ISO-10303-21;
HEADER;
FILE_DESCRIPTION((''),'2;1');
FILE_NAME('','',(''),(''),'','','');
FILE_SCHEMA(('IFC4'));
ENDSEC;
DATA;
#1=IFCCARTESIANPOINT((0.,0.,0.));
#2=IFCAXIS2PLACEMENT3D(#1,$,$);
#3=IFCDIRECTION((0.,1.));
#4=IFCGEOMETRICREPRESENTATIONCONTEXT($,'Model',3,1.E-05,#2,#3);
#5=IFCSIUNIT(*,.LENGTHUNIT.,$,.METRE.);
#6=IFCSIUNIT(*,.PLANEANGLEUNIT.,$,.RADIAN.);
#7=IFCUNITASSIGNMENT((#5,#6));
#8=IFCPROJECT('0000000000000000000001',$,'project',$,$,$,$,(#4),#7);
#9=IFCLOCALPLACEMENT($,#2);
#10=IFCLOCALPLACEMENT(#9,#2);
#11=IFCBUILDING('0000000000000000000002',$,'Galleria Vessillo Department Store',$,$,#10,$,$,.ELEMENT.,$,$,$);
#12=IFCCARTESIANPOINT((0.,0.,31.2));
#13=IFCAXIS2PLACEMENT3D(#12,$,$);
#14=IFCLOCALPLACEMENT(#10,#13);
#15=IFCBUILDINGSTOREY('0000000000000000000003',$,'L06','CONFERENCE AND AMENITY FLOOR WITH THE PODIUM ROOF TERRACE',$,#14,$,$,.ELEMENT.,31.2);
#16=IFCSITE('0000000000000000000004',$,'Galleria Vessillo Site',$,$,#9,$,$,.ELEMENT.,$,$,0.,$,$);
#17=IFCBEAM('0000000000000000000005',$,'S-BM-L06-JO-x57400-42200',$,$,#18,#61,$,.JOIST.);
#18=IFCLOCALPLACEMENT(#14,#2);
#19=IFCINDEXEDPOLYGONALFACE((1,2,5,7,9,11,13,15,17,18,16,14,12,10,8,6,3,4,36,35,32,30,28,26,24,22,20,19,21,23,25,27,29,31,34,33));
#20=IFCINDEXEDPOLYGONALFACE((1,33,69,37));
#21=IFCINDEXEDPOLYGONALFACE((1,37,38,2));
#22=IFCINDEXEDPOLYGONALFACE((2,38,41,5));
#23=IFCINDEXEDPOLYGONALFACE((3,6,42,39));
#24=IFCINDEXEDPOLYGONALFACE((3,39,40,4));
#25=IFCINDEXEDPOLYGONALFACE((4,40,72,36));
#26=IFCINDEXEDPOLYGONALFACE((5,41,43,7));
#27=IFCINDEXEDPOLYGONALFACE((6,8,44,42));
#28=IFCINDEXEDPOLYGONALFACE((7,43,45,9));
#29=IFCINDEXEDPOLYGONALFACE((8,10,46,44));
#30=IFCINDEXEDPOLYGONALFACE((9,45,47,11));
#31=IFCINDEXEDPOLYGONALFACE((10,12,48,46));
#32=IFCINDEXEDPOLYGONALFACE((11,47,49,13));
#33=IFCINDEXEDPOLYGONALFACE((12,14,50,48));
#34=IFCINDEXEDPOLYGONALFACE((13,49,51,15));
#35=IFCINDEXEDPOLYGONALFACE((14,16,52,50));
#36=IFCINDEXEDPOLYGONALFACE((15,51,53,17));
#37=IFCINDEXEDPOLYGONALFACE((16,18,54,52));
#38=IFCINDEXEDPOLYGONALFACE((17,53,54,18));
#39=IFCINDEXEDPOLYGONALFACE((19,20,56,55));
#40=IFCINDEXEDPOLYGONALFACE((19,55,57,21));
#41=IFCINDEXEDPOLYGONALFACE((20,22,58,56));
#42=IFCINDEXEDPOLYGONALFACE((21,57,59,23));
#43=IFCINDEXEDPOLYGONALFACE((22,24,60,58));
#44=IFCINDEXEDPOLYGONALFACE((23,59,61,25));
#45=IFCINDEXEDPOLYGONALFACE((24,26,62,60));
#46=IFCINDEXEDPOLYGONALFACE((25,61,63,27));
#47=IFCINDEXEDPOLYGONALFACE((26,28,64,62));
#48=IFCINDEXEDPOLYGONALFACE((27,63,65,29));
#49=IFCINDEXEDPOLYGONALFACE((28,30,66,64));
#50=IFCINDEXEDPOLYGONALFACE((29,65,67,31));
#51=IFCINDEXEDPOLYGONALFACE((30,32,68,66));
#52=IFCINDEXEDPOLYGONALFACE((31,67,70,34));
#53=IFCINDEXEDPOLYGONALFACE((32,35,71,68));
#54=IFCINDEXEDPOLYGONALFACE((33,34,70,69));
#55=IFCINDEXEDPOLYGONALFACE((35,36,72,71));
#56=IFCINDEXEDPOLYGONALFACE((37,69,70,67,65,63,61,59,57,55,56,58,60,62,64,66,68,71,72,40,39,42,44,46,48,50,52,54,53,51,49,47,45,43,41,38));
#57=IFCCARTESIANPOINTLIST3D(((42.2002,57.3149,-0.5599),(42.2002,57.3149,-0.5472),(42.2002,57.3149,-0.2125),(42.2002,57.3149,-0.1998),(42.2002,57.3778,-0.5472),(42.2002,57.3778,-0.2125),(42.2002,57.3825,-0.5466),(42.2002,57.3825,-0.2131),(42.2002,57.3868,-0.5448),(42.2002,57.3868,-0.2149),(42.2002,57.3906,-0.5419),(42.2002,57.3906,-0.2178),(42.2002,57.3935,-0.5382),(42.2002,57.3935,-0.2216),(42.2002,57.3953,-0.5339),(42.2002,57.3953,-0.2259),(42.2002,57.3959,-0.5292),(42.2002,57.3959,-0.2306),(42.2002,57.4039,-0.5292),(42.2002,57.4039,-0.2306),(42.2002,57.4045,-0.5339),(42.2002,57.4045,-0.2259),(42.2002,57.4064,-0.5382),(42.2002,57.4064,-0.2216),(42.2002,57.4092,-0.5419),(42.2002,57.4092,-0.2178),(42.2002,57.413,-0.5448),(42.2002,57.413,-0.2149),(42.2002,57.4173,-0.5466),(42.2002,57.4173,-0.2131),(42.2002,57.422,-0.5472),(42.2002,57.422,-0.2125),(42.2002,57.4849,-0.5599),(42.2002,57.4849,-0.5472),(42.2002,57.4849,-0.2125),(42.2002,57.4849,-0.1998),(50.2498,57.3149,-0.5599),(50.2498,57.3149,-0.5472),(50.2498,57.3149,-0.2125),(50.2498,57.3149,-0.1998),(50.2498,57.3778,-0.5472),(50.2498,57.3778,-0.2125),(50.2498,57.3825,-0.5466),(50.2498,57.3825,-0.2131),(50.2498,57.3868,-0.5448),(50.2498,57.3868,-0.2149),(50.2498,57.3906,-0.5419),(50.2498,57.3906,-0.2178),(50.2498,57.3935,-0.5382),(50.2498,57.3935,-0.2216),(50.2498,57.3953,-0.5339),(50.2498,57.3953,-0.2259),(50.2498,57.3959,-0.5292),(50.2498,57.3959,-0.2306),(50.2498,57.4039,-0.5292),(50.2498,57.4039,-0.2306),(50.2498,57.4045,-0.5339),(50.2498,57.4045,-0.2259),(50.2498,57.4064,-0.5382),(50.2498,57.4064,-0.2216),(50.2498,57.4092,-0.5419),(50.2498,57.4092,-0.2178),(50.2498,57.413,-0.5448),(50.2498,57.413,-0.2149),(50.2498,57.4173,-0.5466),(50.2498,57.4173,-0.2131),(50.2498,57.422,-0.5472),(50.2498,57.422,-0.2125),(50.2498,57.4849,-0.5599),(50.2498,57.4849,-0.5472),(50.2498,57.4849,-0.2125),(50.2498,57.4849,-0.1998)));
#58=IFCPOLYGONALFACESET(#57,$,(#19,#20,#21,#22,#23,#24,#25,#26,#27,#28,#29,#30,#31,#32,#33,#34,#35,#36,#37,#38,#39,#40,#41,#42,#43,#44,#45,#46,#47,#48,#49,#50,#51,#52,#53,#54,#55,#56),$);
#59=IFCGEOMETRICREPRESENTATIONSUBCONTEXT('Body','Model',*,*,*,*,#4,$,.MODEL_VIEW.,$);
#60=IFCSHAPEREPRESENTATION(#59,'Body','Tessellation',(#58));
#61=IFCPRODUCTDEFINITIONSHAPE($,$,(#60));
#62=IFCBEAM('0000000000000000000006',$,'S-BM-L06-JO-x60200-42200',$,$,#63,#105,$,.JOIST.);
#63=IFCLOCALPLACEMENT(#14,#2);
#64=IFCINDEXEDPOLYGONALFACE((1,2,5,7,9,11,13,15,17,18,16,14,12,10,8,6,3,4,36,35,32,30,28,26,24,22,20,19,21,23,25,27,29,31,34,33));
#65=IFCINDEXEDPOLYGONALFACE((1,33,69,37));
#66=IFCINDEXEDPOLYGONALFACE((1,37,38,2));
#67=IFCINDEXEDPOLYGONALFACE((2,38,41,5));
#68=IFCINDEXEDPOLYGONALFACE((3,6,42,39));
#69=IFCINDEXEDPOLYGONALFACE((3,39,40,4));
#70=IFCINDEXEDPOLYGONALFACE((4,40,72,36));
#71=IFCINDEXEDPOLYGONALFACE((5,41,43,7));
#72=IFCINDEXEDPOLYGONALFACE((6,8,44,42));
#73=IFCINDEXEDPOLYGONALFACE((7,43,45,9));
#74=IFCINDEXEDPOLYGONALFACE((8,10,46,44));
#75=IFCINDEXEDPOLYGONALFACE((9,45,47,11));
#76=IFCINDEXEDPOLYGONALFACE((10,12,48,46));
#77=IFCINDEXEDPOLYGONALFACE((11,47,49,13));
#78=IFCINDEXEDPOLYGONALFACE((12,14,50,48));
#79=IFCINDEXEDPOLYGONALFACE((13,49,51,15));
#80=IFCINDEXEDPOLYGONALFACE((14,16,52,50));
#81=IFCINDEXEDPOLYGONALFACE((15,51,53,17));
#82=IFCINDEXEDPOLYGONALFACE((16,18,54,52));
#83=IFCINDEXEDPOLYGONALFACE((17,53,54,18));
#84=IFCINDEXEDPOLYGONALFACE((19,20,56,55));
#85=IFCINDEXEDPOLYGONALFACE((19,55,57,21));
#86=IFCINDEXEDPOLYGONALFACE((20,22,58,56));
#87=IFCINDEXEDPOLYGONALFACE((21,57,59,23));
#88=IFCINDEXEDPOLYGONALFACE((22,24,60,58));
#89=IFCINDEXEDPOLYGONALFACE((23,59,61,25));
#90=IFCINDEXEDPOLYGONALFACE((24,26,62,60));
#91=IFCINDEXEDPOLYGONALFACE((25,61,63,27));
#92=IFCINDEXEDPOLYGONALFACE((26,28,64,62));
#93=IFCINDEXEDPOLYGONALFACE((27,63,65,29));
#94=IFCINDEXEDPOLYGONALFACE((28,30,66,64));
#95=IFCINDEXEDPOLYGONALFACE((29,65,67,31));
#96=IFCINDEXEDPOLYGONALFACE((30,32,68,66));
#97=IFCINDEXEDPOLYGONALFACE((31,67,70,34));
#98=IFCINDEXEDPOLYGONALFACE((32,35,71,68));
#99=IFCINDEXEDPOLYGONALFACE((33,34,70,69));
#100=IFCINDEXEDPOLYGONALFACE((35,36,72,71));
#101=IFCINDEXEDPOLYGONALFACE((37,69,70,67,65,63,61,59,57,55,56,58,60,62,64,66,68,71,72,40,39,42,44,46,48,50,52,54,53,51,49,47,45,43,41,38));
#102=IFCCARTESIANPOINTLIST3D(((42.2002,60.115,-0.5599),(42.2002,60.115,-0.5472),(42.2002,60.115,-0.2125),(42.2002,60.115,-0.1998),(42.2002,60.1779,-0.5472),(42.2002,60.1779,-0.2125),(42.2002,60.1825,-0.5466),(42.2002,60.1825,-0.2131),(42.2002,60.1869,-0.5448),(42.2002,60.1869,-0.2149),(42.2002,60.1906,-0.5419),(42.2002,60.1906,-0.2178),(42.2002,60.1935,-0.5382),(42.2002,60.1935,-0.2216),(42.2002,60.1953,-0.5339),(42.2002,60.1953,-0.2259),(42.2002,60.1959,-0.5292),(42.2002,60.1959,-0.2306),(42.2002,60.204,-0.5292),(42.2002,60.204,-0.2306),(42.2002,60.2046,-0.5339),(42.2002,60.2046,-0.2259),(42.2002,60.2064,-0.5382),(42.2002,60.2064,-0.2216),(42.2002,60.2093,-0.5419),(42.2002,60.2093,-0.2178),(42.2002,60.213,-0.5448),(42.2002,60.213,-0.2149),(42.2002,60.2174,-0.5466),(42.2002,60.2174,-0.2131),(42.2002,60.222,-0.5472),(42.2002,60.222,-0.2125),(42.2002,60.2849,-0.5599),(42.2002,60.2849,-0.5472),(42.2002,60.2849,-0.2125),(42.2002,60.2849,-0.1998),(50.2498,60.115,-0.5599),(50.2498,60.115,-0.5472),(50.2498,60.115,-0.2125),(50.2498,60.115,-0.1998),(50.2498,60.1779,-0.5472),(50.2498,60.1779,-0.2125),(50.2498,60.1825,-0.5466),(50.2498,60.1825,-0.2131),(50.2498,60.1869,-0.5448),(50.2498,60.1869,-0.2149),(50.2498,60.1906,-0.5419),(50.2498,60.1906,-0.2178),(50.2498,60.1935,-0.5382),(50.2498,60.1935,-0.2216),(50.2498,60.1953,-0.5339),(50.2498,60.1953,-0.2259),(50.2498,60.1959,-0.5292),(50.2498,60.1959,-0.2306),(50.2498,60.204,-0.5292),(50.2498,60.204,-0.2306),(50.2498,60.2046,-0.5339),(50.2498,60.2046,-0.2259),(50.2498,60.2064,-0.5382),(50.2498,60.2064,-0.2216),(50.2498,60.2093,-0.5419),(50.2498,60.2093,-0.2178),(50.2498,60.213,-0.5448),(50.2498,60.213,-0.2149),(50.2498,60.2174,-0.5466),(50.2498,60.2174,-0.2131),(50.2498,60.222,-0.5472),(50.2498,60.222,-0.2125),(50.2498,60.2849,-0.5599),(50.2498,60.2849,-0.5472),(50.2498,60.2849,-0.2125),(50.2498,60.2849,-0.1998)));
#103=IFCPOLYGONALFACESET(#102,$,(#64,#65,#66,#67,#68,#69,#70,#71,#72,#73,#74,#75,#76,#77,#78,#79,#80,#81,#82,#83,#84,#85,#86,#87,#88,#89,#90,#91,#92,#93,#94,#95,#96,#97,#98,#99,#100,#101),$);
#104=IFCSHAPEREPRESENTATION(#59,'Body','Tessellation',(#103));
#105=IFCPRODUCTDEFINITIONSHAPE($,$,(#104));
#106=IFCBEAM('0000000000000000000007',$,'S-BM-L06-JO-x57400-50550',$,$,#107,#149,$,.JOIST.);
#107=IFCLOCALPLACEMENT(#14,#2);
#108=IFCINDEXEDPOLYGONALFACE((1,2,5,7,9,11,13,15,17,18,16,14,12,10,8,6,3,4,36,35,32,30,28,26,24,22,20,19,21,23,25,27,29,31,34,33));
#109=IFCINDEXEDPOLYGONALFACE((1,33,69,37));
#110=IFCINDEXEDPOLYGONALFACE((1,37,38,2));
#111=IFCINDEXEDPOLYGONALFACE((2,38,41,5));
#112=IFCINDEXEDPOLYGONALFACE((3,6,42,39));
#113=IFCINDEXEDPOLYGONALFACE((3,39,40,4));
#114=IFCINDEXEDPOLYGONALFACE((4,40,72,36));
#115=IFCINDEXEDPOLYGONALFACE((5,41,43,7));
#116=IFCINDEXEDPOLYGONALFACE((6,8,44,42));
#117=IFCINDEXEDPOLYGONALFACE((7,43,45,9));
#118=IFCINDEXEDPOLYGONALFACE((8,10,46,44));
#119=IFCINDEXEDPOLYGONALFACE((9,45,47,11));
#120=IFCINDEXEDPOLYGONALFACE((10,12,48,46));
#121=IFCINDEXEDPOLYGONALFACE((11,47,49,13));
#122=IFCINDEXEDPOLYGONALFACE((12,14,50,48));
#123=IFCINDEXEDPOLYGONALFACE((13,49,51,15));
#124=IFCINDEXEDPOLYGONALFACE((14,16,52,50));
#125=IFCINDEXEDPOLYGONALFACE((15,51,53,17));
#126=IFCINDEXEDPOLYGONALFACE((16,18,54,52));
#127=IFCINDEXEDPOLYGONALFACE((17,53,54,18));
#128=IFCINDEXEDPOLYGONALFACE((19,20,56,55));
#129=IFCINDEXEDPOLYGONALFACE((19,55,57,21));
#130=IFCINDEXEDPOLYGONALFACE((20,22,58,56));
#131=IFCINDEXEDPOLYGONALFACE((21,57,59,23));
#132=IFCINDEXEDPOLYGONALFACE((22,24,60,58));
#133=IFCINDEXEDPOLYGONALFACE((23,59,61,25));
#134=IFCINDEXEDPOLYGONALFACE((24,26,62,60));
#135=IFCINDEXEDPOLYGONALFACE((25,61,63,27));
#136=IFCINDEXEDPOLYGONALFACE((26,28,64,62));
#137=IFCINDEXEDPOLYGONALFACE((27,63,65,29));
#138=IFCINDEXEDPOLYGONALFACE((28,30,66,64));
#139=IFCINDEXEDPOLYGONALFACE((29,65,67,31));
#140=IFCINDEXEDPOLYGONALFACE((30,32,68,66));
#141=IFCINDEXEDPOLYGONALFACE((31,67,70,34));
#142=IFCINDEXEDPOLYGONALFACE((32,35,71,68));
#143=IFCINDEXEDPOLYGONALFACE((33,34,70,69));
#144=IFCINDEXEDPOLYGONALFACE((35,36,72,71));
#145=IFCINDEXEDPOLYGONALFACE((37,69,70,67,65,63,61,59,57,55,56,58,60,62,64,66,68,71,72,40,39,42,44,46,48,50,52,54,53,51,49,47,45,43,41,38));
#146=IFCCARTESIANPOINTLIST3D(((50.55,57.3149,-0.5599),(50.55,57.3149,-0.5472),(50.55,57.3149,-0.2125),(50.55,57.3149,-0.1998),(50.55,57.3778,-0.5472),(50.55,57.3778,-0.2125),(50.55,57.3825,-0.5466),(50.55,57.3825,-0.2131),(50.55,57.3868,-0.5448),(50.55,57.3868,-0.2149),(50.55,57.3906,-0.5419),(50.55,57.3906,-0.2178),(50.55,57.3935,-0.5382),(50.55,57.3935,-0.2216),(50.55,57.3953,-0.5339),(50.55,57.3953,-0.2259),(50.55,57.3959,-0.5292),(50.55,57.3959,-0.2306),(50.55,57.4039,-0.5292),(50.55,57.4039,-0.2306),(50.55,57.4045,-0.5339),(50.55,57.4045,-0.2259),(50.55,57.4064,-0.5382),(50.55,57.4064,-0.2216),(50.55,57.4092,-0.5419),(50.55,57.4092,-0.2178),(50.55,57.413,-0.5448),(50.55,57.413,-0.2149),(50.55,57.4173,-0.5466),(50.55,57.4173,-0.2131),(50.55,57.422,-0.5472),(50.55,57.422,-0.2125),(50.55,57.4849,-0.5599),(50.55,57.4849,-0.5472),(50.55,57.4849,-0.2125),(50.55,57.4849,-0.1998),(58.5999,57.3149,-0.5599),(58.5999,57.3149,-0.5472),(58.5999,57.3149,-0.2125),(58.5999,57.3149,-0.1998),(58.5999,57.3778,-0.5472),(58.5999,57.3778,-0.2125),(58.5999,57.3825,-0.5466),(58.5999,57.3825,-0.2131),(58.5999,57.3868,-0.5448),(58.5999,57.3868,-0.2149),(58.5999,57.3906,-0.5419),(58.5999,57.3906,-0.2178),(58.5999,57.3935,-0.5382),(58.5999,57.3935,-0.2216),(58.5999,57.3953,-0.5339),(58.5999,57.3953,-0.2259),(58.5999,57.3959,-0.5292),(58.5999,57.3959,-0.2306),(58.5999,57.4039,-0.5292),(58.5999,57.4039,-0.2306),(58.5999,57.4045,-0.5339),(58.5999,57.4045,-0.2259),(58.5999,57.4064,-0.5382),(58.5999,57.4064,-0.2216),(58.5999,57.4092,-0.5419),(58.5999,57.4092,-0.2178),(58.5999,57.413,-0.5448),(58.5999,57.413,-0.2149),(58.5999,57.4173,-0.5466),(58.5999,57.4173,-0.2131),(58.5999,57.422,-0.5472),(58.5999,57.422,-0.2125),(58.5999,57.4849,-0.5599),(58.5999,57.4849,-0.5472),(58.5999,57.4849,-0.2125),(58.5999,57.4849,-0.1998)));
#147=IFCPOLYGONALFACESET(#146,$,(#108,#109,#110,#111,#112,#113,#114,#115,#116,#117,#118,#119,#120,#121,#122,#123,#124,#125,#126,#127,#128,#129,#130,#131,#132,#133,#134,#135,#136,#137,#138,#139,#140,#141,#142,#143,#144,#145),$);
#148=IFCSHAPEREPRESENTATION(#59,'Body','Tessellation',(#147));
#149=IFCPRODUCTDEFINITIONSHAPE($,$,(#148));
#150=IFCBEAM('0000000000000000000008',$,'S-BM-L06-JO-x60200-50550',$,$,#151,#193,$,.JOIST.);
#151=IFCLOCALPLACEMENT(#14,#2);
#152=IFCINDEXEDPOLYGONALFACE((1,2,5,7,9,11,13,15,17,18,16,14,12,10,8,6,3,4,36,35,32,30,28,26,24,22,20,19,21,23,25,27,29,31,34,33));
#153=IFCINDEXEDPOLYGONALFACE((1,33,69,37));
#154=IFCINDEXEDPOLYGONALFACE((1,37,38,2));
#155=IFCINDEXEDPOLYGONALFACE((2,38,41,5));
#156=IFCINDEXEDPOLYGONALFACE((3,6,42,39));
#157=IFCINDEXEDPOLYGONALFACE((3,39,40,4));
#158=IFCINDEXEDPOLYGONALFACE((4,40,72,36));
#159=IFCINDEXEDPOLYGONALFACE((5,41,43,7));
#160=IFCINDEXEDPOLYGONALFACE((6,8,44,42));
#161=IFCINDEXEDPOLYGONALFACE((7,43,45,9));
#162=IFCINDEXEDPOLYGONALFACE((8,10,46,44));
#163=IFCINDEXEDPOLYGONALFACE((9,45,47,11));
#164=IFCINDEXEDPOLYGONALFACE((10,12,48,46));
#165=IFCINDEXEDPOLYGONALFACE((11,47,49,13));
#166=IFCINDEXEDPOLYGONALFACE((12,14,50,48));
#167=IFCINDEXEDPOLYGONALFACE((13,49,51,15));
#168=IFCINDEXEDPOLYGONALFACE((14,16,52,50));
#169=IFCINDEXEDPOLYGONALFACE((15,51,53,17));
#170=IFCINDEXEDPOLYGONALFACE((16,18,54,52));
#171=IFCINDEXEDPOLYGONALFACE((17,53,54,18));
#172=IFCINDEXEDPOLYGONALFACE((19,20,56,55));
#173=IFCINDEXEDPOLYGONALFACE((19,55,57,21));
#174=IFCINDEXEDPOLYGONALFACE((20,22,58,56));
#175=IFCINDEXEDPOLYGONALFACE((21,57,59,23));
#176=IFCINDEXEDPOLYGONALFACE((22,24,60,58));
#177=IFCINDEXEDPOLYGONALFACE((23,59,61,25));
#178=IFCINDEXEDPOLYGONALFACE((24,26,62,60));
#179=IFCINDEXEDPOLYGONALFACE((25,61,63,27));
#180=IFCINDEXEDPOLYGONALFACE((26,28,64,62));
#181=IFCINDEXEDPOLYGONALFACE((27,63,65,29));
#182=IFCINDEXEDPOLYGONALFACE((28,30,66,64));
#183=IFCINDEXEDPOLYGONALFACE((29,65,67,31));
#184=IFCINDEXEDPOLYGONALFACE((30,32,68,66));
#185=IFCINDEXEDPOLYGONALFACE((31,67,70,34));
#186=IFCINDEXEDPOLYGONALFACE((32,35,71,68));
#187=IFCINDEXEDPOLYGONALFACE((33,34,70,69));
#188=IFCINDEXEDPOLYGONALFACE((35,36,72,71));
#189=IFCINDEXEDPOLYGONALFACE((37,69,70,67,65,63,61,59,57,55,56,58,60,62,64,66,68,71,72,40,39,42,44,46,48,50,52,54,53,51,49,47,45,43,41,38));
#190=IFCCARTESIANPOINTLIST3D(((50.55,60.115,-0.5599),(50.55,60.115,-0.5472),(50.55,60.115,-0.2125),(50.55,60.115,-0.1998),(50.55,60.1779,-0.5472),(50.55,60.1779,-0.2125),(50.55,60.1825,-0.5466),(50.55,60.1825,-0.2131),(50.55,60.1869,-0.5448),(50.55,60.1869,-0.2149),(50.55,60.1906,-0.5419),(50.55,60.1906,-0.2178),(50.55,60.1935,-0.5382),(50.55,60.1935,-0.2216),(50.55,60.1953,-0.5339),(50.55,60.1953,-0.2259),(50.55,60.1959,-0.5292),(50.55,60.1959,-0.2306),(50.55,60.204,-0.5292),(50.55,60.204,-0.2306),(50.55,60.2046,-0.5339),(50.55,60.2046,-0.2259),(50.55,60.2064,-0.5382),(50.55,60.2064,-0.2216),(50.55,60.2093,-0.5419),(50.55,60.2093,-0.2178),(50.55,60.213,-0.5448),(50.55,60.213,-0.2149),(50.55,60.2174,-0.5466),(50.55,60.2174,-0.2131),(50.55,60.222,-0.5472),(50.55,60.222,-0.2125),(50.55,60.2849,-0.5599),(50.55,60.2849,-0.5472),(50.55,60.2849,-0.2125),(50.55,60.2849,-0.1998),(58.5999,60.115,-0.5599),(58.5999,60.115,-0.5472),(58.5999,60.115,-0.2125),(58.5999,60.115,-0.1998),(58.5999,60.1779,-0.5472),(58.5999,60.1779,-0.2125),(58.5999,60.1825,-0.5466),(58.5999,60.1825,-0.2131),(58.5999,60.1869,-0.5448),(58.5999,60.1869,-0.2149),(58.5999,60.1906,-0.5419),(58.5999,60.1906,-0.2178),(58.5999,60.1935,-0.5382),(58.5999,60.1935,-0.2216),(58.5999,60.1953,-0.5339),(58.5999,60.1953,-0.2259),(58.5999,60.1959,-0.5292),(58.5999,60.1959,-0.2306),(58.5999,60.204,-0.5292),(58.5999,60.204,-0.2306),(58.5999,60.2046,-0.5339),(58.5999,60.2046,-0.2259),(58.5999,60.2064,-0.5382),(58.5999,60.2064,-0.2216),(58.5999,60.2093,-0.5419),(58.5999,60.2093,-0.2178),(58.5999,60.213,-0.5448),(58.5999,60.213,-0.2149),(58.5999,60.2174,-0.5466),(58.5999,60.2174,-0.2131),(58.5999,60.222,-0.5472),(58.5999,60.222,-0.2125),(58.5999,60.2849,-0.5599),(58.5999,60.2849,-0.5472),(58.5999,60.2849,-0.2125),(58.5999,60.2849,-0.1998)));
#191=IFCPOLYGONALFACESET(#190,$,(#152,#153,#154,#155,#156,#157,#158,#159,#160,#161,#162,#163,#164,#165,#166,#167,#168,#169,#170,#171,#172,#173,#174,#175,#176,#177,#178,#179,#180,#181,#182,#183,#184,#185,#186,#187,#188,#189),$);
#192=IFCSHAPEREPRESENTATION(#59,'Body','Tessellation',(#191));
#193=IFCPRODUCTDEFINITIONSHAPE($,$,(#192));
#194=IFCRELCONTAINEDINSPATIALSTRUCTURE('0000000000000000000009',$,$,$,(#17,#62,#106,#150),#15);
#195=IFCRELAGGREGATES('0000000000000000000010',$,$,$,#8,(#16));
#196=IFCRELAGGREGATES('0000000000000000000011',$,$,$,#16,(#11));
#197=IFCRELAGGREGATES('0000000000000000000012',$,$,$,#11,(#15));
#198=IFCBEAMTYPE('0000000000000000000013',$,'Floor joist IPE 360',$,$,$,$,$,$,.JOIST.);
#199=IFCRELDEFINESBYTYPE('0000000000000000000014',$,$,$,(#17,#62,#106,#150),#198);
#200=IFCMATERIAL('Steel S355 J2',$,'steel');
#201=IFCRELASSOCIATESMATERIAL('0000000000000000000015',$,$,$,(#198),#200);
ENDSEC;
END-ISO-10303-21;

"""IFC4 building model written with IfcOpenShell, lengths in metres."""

from ifc_helpers import new_model, si_unit, direction, frame, origin, origin_2d, place, context, subcontext, project, spatial, i_section, extrude, material, material_profile, profile_set, type_object, element, save


model = new_model("IFC4")

# Units and contexts
model_context = context("Model", 3, precision=1e-05, world=origin(), true_north=direction((0.0, 1.0)))
body_context = subcontext(model_context, "Body", "Model", "MODEL_VIEW")
ifc_project = project(units=[si_unit("LENGTHUNIT", "METRE"), si_unit("PLANEANGLEUNIT", "RADIAN")], contexts=[model_context])

# Site, building, storey
site_placement = place(None, origin())
site = spatial("IfcSite", under=ifc_project, at=site_placement, Name="Galleria Vessillo Site", CompositionType="ELEMENT", RefElevation=0.0)
building_placement = place(site_placement, origin())
building = spatial("IfcBuilding", under=site, at=building_placement, Name="Galleria Vessillo Department Store", CompositionType="ELEMENT")
storey_placement = place(building_placement, frame((0.0, 0.0, 31.2)))
storey = spatial("IfcBuildingStorey", under=building, at=storey_placement, Name="L06", Description="CONFERENCE AND AMENITY FLOOR WITH THE PODIUM ROOF TERRACE", CompositionType="ELEMENT", Elevation=31.2)

# Beams
ifc_material_1 = material(Name="Steel S355 J2", Category="steel")
ifc_material_profile_1 = material_profile(ifc_material_1, i_section(OverallWidth=0.1699, OverallDepth=0.3601, WebThickness=0.0081, FlangeThickness=0.0127, FilletRadius=0.0181, at=origin_2d()), Name="IPE 360")
ifc_profile_set_1 = profile_set([ifc_material_profile_1], Name="Steel S355 J2")
beam_type_1 = type_object("IfcBeamType", Name="Floor joist IPE 360", PredefinedType="JOIST", material=ifc_profile_set_1)
for number, where, z_axis, x_axis, name in (
    (1, (42.2002, 57.3999, -0.3799), (1.0, 0.0, 0.0), (0.0, 1.0, 0.0), "S-BM-L06-JO-x57400-42200"),
    (2, (42.2002, 60.2, -0.3799), (1.0, 0.0, 0.0), (0.0, 1.0, 0.0), "S-BM-L06-JO-x60200-42200"),
):
    element("IfcBeam", number, at=place(storey_placement, frame(where, z_axis=z_axis, x_axis=x_axis)), inside=storey, type_object=beam_type_1, Name=name, PredefinedType="JOIST", context=body_context, shape_type="SweptSolid", body=[
        extrude(i_section(OverallWidth=0.1699, OverallDepth=0.3601, WebThickness=0.0081, FlangeThickness=0.0127, FilletRadius=0.0181, at=origin_2d()), origin(), (0.0, 0.0, 1.0), 8.0496),
    ])
for number, where, z_axis, x_axis, name in (
    (3, (50.55, 57.3999, -0.3799), (1.0, 0.0, 0.0), (0.0, 1.0, 0.0), "S-BM-L06-JO-x57400-50550"),
    (4, (50.55, 60.2, -0.3799), (1.0, 0.0, 0.0), (0.0, 1.0, 0.0), "S-BM-L06-JO-x60200-50550"),
):
    element("IfcBeam", number, at=place(storey_placement, frame(where, z_axis=z_axis, x_axis=x_axis)), inside=storey, type_object=beam_type_1, Name=name, PredefinedType="JOIST", context=body_context, shape_type="SweptSolid", body=[
        extrude(i_section(OverallWidth=0.1699, OverallDepth=0.3601, WebThickness=0.0081, FlangeThickness=0.0127, FilletRadius=0.0181, at=origin_2d()), origin(), (0.0, 0.0, 1.0), 8.0498),
    ])

save(model, "model.ifc")
